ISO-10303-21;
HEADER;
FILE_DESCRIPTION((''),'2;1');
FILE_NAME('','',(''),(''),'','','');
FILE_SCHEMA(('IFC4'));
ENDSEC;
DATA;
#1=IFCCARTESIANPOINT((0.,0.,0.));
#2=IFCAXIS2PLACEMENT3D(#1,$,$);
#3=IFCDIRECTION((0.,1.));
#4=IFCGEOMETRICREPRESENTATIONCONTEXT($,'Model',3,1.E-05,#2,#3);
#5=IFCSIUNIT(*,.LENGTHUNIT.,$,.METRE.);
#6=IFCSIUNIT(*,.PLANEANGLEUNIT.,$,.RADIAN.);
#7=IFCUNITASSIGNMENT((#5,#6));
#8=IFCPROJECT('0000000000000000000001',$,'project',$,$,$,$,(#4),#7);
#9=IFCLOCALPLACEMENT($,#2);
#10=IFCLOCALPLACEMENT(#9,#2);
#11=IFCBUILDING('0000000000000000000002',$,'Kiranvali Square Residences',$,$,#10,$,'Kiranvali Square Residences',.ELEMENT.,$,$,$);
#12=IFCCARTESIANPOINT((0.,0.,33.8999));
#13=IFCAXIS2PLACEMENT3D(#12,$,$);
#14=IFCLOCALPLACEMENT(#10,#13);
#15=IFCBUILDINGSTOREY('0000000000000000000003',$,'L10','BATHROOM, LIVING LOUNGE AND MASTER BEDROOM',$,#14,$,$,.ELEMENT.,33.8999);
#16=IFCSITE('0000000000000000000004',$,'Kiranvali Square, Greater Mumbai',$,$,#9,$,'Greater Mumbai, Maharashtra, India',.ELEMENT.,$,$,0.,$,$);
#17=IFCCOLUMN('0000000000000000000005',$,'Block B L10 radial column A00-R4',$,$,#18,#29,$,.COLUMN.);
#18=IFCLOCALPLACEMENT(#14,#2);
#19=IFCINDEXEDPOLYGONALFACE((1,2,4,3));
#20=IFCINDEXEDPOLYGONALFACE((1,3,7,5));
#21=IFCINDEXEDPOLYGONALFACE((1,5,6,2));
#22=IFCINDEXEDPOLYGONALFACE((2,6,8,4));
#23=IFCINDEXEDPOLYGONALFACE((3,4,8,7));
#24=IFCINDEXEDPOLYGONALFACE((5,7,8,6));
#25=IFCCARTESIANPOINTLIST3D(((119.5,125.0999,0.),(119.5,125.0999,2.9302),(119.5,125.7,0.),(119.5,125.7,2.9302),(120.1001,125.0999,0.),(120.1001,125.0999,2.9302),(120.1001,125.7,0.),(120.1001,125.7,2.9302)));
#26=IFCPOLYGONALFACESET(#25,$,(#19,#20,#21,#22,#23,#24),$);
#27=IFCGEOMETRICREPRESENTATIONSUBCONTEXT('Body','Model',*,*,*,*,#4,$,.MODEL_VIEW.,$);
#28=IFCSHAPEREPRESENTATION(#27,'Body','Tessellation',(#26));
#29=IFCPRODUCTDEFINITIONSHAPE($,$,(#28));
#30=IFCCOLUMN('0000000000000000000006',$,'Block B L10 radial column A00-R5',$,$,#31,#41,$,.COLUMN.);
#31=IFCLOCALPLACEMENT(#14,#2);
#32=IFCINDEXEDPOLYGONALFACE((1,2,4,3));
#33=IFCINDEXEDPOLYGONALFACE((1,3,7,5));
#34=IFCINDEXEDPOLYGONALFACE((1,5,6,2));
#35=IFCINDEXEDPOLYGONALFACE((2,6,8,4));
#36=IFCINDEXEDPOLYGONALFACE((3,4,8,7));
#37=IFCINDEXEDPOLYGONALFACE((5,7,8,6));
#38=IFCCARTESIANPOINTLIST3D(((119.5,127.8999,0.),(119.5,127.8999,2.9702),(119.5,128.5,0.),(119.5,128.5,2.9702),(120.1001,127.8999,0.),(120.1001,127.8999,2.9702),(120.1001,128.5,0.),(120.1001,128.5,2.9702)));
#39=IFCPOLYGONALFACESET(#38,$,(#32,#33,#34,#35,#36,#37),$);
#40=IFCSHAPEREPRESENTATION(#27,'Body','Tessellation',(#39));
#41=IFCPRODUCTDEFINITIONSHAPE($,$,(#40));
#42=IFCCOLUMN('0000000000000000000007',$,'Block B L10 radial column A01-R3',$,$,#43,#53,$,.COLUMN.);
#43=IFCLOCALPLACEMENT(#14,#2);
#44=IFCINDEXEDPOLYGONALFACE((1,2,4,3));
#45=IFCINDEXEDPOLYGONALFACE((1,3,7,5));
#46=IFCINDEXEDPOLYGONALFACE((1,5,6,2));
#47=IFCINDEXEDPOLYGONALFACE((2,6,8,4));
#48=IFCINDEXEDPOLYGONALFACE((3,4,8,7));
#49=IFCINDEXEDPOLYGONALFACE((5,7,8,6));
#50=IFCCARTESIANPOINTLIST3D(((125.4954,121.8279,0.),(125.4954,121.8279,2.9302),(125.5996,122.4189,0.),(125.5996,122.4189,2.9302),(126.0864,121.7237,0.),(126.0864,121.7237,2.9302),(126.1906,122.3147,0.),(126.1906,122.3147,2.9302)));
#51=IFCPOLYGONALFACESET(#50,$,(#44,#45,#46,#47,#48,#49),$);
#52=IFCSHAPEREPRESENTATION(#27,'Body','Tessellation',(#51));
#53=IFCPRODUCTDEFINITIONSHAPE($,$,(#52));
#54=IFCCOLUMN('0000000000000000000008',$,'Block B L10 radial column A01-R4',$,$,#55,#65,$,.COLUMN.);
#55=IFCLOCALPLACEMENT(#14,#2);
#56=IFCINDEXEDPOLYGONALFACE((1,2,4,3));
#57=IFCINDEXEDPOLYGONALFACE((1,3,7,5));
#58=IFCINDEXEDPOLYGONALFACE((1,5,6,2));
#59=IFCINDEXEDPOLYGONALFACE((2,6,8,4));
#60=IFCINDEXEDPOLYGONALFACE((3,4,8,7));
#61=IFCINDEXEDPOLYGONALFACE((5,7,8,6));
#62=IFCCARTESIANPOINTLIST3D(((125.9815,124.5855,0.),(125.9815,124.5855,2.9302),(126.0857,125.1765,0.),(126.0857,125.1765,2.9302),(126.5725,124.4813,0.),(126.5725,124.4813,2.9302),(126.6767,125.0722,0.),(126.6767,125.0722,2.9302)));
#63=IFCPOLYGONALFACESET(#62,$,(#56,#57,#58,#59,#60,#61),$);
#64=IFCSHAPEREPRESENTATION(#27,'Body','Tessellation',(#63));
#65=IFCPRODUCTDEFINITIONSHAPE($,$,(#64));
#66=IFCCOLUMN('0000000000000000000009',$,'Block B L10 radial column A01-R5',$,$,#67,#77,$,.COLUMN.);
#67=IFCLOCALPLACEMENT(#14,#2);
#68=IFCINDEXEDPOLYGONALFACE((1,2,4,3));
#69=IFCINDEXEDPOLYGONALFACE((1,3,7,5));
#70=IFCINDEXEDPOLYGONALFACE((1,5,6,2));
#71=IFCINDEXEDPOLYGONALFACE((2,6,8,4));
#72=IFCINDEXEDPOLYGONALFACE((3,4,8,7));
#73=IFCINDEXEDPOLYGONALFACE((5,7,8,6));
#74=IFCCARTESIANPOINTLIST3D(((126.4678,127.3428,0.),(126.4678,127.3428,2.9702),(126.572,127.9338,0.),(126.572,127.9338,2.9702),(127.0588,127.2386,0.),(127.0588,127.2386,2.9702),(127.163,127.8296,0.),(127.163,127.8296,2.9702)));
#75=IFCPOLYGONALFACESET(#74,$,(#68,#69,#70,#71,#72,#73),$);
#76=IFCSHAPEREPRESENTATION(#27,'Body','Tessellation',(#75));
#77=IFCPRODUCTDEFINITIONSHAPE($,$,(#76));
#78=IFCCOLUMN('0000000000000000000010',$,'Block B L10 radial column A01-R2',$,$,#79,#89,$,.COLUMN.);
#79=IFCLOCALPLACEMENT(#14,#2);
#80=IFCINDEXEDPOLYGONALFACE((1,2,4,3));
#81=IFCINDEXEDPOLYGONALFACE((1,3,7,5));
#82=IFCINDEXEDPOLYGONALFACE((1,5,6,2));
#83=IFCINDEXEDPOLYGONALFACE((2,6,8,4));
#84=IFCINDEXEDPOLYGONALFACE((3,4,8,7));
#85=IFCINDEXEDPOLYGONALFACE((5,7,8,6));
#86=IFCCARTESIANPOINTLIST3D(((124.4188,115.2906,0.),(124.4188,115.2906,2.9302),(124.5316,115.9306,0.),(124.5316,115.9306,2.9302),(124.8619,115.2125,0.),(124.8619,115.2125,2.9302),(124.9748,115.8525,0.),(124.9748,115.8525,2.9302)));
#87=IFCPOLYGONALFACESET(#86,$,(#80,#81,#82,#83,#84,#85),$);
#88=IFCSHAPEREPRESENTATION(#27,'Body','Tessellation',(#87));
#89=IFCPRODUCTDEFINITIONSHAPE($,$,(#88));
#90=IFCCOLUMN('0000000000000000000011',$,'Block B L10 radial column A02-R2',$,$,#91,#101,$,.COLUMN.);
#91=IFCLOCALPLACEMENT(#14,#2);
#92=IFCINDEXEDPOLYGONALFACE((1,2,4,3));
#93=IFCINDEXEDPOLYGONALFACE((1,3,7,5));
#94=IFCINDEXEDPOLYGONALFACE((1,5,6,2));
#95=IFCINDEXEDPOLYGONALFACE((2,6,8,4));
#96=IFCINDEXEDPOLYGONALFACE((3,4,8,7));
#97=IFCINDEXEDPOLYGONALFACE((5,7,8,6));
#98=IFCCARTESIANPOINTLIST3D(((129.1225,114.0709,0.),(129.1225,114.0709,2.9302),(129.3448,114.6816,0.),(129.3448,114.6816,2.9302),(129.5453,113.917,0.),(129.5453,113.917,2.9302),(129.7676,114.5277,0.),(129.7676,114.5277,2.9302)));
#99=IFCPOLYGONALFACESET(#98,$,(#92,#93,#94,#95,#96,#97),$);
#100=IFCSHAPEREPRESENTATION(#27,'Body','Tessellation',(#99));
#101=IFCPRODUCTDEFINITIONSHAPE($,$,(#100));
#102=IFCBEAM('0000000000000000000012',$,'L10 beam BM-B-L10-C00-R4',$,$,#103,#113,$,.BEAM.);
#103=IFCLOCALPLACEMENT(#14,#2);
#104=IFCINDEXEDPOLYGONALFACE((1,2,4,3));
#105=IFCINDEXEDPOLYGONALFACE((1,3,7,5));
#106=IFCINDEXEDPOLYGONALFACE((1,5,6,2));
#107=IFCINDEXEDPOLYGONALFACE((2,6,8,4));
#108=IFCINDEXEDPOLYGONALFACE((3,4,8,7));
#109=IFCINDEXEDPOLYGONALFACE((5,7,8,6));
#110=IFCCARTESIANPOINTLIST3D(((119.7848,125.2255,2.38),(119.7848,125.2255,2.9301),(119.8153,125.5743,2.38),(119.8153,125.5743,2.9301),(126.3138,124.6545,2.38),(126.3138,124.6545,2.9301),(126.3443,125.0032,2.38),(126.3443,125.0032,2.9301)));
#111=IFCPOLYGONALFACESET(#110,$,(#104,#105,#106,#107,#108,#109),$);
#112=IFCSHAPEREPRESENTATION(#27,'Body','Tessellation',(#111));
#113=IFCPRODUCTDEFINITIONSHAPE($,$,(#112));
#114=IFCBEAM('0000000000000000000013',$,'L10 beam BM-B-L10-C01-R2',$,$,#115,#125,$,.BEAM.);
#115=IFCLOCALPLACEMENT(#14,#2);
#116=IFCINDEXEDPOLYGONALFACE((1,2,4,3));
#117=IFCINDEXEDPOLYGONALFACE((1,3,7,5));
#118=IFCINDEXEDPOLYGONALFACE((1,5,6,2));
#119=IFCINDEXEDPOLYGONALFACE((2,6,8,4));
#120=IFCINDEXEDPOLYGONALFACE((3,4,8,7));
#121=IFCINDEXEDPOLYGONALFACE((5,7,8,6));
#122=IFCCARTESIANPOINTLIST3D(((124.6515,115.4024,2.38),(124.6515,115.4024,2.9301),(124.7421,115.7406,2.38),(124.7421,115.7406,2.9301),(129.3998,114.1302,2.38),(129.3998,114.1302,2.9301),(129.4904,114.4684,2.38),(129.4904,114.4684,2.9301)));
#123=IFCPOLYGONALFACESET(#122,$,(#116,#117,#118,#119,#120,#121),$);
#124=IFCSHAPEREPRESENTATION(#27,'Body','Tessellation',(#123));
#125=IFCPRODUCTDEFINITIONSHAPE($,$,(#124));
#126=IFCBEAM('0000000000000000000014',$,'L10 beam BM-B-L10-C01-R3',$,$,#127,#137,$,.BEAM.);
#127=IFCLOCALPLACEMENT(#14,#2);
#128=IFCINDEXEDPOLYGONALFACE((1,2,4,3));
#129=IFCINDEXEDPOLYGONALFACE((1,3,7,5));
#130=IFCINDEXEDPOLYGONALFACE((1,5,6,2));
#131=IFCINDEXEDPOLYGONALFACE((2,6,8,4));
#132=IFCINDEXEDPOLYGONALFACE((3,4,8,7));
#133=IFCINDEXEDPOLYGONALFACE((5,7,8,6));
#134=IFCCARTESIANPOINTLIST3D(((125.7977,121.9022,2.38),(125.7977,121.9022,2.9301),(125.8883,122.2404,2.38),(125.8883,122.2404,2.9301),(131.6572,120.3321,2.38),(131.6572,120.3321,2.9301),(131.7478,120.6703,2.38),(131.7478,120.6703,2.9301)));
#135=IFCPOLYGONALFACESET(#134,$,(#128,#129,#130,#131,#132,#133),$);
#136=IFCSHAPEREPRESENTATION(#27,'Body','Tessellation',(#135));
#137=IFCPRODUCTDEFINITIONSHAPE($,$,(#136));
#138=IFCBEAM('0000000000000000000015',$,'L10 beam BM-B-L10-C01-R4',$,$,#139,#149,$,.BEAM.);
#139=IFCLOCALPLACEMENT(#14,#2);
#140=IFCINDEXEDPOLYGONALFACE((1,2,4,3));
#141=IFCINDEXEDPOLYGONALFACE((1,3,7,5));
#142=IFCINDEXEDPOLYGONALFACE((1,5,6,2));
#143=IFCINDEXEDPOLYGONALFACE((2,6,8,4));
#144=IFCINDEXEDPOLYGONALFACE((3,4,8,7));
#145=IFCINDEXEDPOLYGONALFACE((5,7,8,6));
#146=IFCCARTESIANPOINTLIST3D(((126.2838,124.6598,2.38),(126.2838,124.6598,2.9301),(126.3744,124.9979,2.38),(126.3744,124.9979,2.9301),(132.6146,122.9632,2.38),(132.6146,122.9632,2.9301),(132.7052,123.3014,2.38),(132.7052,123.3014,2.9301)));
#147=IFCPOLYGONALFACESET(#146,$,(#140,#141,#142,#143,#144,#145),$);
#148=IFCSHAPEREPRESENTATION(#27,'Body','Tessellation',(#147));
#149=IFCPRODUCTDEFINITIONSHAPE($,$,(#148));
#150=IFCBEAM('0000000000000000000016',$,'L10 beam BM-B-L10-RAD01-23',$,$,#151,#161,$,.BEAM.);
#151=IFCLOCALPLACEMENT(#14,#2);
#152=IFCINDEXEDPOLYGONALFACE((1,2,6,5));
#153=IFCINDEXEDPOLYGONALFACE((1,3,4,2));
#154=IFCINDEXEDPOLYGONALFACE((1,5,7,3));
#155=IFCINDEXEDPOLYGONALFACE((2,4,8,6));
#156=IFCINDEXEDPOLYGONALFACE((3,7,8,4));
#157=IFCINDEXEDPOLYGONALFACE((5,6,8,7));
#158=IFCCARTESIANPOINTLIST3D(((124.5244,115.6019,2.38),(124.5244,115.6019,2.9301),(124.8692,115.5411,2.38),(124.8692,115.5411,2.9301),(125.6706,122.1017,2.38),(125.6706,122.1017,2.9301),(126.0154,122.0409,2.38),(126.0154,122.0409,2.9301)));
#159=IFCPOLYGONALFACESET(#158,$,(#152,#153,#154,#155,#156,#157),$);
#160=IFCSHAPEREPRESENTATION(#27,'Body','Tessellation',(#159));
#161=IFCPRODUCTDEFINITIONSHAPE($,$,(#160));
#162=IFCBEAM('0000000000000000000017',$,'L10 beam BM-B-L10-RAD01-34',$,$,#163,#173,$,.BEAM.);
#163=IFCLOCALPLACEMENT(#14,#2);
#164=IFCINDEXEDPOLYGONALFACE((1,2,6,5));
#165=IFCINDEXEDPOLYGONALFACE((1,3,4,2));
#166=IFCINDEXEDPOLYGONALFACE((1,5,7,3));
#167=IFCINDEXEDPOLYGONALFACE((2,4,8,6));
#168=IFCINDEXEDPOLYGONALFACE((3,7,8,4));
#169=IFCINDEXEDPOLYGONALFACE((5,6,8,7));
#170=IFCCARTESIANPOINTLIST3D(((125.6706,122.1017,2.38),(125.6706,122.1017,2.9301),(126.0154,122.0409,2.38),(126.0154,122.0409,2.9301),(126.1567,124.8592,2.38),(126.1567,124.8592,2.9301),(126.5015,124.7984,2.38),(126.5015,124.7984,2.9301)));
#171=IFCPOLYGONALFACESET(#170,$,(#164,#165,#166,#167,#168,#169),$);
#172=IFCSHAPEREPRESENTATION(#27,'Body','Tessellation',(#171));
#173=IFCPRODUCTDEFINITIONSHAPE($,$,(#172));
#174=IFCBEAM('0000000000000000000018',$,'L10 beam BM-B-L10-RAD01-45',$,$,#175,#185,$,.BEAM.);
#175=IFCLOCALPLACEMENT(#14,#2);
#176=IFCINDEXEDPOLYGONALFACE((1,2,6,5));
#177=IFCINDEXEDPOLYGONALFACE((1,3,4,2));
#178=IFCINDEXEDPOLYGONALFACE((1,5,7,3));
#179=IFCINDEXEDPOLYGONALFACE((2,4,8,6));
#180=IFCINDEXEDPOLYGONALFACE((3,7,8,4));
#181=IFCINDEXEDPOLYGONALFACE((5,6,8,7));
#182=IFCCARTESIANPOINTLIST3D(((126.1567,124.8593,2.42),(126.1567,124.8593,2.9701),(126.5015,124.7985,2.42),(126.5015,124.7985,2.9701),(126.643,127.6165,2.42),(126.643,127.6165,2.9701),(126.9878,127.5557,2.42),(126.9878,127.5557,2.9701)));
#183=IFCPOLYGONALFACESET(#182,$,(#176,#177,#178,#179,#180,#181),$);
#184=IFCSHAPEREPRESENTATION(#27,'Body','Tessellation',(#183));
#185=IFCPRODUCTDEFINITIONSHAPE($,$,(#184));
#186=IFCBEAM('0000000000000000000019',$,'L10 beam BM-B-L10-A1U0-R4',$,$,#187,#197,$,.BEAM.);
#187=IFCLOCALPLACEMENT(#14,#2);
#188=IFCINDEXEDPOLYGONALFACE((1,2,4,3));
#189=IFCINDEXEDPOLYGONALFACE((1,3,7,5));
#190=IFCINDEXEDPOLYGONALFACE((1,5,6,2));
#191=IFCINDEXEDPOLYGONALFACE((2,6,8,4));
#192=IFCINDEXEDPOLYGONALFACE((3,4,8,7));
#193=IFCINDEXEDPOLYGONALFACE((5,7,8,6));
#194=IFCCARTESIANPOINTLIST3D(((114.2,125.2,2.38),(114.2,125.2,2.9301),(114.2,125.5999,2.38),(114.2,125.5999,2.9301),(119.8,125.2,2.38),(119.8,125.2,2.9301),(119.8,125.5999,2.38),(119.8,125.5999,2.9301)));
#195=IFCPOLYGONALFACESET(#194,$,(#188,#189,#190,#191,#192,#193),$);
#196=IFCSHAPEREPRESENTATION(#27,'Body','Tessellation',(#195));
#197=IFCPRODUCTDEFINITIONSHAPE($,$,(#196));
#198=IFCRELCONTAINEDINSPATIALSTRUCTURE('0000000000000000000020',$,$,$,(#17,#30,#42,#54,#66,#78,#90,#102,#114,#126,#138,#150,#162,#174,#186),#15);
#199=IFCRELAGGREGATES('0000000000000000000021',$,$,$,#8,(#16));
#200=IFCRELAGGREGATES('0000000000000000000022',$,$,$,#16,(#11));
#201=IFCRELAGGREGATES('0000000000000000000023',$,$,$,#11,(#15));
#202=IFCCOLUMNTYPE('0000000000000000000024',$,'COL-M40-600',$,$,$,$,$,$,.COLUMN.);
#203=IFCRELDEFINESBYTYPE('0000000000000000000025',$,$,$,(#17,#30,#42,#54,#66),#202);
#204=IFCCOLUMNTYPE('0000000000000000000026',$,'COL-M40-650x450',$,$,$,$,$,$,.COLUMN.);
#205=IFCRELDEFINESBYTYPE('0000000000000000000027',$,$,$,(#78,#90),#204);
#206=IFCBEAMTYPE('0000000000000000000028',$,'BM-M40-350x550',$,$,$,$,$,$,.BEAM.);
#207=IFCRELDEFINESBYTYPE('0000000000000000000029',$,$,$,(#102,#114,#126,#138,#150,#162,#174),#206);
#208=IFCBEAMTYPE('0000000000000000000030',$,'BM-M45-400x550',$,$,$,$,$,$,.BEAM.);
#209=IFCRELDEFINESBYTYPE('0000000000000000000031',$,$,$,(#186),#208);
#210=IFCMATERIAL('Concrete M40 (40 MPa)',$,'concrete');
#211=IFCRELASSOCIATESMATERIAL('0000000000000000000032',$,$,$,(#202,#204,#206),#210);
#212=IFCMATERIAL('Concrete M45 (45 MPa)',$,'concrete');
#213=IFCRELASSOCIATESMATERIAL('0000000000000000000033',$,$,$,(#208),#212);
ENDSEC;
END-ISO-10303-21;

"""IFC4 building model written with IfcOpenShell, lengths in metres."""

from ifc_helpers import new_model, si_unit, direction, frame, origin, origin_2d, place, context, subcontext, project, spatial, rectangle, extrude, material, material_profile, profile_set, type_object, element, save


model = new_model("IFC4")

# Units and contexts
model_context = context("Model", 3, precision=1e-05, world=origin(), true_north=direction((0.0, 1.0)))
body_context = subcontext(model_context, "Body", "Model", "MODEL_VIEW")
ifc_project = project(units=[si_unit("LENGTHUNIT", "METRE"), si_unit("PLANEANGLEUNIT", "RADIAN")], contexts=[model_context])

# Site, building, storey
site_placement = place(None, origin())
site = spatial("IfcSite", under=ifc_project, at=site_placement, Name="Kiranvali Square, Greater Mumbai", LongName="Greater Mumbai, Maharashtra, India", CompositionType="ELEMENT", RefElevation=0.0)
building_placement = place(site_placement, origin())
building = spatial("IfcBuilding", under=site, at=building_placement, Name="Kiranvali Square Residences", LongName="Kiranvali Square Residences", CompositionType="ELEMENT")
storey_placement = place(building_placement, frame((0.0, 0.0, 33.8999)))
storey = spatial("IfcBuildingStorey", under=building, at=storey_placement, Name="L10", Description="BATHROOM, LIVING LOUNGE AND MASTER BEDROOM", CompositionType="ELEMENT", Elevation=33.8999)

# Columns
ifc_material_1 = material(Name="Concrete M40 (40 MPa)", Category="concrete")
ifc_material_profile_1 = material_profile(ifc_material_1, rectangle(XDim=0.6001, YDim=0.6001, at=origin_2d()), Name="RC 600x600")
ifc_profile_set_1 = profile_set([ifc_material_profile_1], Name="Concrete M40 (40 MPa)")
column_type_1 = type_object("IfcColumnType", Name="COL-M40-600", PredefinedType="COLUMN", material=ifc_profile_set_1)
column_1_placement = place(storey_placement, frame((119.8, 125.3999, 0.0), z_axis=(0.0, 0.0, 1.0), x_axis=(1.0, 0.0, 0.0)))
element("IfcColumn", 1, at=column_1_placement, inside=storey, type_object=column_type_1, Name="Block B L10 radial column A00-R4", PredefinedType="COLUMN", context=body_context, shape_type="SweptSolid", body=[
    extrude(rectangle(XDim=0.6001, YDim=0.6001, at=origin_2d()), origin(), (0.0, 0.0, 1.0), 2.9302),
])
column_2_placement = place(storey_placement, frame((119.8, 128.2, 0.0), z_axis=(0.0, 0.0, 1.0), x_axis=(1.0, 0.0, 0.0)))
element("IfcColumn", 2, at=column_2_placement, inside=storey, type_object=column_type_1, Name="Block B L10 radial column A00-R5", PredefinedType="COLUMN", context=body_context, shape_type="SweptSolid", body=[
    extrude(rectangle(XDim=0.6001, YDim=0.6001, at=origin_2d()), origin(), (0.0, 0.0, 1.0), 2.9702),
])
for number, where, z_axis, x_axis, name in (
    (3, (125.843, 122.0713, 0.0), (0.0, 0.0, 1.0), (-0.984808, 0.173648, 0.0), "Block B L10 radial column A01-R3"),
    (4, (126.3291, 124.8289, 0.0), (0.0, 0.0, 1.0), (-0.984808, 0.173648, 0.0), "Block B L10 radial column A01-R4"),
):
    element("IfcColumn", number, at=place(storey_placement, frame(where, z_axis=z_axis, x_axis=x_axis)), inside=storey, type_object=column_type_1, Name=name, PredefinedType="COLUMN", context=body_context, shape_type="SweptSolid", body=[
        extrude(rectangle(XDim=0.6001, YDim=0.6001, at=origin_2d()), origin(), (0.0, 0.0, 1.0), 2.9302),
    ])
column_3_placement = place(storey_placement, frame((126.8154, 127.5862, 0.0), z_axis=(0.0, 0.0, 1.0), x_axis=(-0.984808, 0.173648, 0.0)))
element("IfcColumn", 5, at=column_3_placement, inside=storey, type_object=column_type_1, Name="Block B L10 radial column A01-R5", PredefinedType="COLUMN", context=body_context, shape_type="SweptSolid", body=[
    extrude(rectangle(XDim=0.6001, YDim=0.6001, at=origin_2d()), origin(), (0.0, 0.0, 1.0), 2.9702),
])
ifc_material_profile_2 = material_profile(ifc_material_1, rectangle(XDim=0.45, YDim=0.6499, at=origin_2d()), Name="RC 650x450")
ifc_profile_set_2 = profile_set([ifc_material_profile_2], Name="Concrete M40 (40 MPa)")
column_type_2 = type_object("IfcColumnType", Name="COL-M40-650x450", PredefinedType="COLUMN", material=ifc_profile_set_2)
for number, where, z_axis, x_axis, name in (
    (6, (124.6968, 115.5715, 0.0), (0.0, 0.0, 1.0), (-0.984808, 0.173648, 0.0), "Block B L10 radial column A01-R2"),
    (7, (129.4451, 114.2993, 0.0), (0.0, 0.0, 1.0), (-0.939693, 0.34202, 0.0), "Block B L10 radial column A02-R2"),
):
    element("IfcColumn", number, at=place(storey_placement, frame(where, z_axis=z_axis, x_axis=x_axis)), inside=storey, type_object=column_type_2, Name=name, PredefinedType="COLUMN", context=body_context, shape_type="SweptSolid", body=[
        extrude(rectangle(XDim=0.45, YDim=0.6499, at=origin_2d()), origin(), (0.0, 0.0, 1.0), 2.9302),
    ])

# Beams
ifc_material_profile_3 = material_profile(ifc_material_1, rectangle(XDim=0.3501, YDim=0.55, at=origin_2d()), Name="RC 350x550")
ifc_profile_set_3 = profile_set([ifc_material_profile_3], Name="Concrete M40 (40 MPa)")
beam_type_1 = type_object("IfcBeamType", Name="BM-M40-350x550", PredefinedType="BEAM", material=ifc_profile_set_3)
beam_1_placement = place(storey_placement, frame((119.8, 125.3999, 2.655), z_axis=(0.996197, -0.08713, 0.0), x_axis=(0.08713, 0.996197, 0.0)))
element("IfcBeam", 8, at=beam_1_placement, inside=storey, type_object=beam_type_1, Name="L10 beam BM-B-L10-C00-R4", PredefinedType="BEAM", context=body_context, shape_type="SweptSolid", body=[
    extrude(rectangle(XDim=0.3501, YDim=0.55, at=origin_2d()), origin(), (0.0, 0.0, 1.0), 6.554),
])
beam_2_placement = place(storey_placement, frame((124.6968, 115.5715, 2.655), z_axis=(0.96593, -0.258803, 0.0), x_axis=(0.258803, 0.96593, 0.0)))
element("IfcBeam", 9, at=beam_2_placement, inside=storey, type_object=beam_type_1, Name="L10 beam BM-B-L10-C01-R2", PredefinedType="BEAM", context=body_context, shape_type="SweptSolid", body=[
    extrude(rectangle(XDim=0.3501, YDim=0.55, at=origin_2d()), origin(), (0.0, 0.0, 1.0), 4.9158),
])
beam_3_placement = place(storey_placement, frame((125.843, 122.0713, 2.655), z_axis=(0.965924, -0.258827, 0.0), x_axis=(0.258827, 0.965924, 0.0)))
element("IfcBeam", 10, at=beam_3_placement, inside=storey, type_object=beam_type_1, Name="L10 beam BM-B-L10-C01-R3", PredefinedType="BEAM", context=body_context, shape_type="SweptSolid", body=[
    extrude(rectangle(XDim=0.3501, YDim=0.55, at=origin_2d()), origin(), (0.0, 0.0, 1.0), 6.0662),
])
beam_4_placement = place(storey_placement, frame((126.3291, 124.8289, 2.655), z_axis=(0.965918, -0.258847, 0.0), x_axis=(0.258847, 0.965918, 0.0)))
element("IfcBeam", 11, at=beam_4_placement, inside=storey, type_object=beam_type_1, Name="L10 beam BM-B-L10-C01-R4", PredefinedType="BEAM", context=body_context, shape_type="SweptSolid", body=[
    extrude(rectangle(XDim=0.3501, YDim=0.55, at=origin_2d()), origin(), (0.0, 0.0, 1.0), 6.5542),
])
beam_5_placement = place(storey_placement, frame((124.6968, 115.5715, 2.655), z_axis=(0.173671, 0.984804, 0.0), x_axis=(-0.984804, 0.173671, 0.0)))
element("IfcBeam", 12, at=beam_5_placement, inside=storey, type_object=beam_type_1, Name="L10 beam BM-B-L10-RAD01-23", PredefinedType="BEAM", context=body_context, shape_type="SweptSolid", body=[
    extrude(rectangle(XDim=0.3501, YDim=0.55, at=origin_2d()), origin(), (0.0, 0.0, 1.0), 6.6001),
])
beam_6_placement = place(storey_placement, frame((125.843, 122.0713, 2.655), z_axis=(0.173596, 0.984817, 0.0), x_axis=(-0.984817, 0.173596, 0.0)))
element("IfcBeam", 13, at=beam_6_placement, inside=storey, type_object=beam_type_1, Name="L10 beam BM-B-L10-RAD01-34", PredefinedType="BEAM", context=body_context, shape_type="SweptSolid", body=[
    extrude(rectangle(XDim=0.3501, YDim=0.55, at=origin_2d()), origin(), (0.0, 0.0, 1.0), 2.8),
])
beam_7_placement = place(storey_placement, frame((126.3291, 124.8289, 2.6951), z_axis=(0.173696, 0.984799, 0.0), x_axis=(-0.984799, 0.173696, 0.0)))
element("IfcBeam", 14, at=beam_7_placement, inside=storey, type_object=beam_type_1, Name="L10 beam BM-B-L10-RAD01-45", PredefinedType="BEAM", context=body_context, shape_type="SweptSolid", body=[
    extrude(rectangle(XDim=0.3501, YDim=0.55, at=origin_2d()), origin(), (0.0, 0.0, 1.0), 2.7998),
])
ifc_material_2 = material(Name="Concrete M45 (45 MPa)", Category="concrete")
ifc_material_profile_4 = material_profile(ifc_material_2, rectangle(XDim=0.3999, YDim=0.55, at=origin_2d()), Name="RC 400x550")
ifc_profile_set_4 = profile_set([ifc_material_profile_4], Name="Concrete M45 (45 MPa)")
beam_type_2 = type_object("IfcBeamType", Name="BM-M45-400x550", PredefinedType="BEAM", material=ifc_profile_set_4)
beam_8_placement = place(storey_placement, frame((119.8, 125.3999, 2.655), z_axis=(-1.0, 0.0, 0.0), x_axis=(0.0, -1.0, 0.0)))
element("IfcBeam", 15, at=beam_8_placement, inside=storey, type_object=beam_type_2, Name="L10 beam BM-B-L10-A1U0-R4", PredefinedType="BEAM", context=body_context, shape_type="SweptSolid", body=[
    extrude(rectangle(XDim=0.3999, YDim=0.55, at=origin_2d()), origin(), (0.0, 0.0, 1.0), 5.6001),
])

save(model, "model.ifc")
